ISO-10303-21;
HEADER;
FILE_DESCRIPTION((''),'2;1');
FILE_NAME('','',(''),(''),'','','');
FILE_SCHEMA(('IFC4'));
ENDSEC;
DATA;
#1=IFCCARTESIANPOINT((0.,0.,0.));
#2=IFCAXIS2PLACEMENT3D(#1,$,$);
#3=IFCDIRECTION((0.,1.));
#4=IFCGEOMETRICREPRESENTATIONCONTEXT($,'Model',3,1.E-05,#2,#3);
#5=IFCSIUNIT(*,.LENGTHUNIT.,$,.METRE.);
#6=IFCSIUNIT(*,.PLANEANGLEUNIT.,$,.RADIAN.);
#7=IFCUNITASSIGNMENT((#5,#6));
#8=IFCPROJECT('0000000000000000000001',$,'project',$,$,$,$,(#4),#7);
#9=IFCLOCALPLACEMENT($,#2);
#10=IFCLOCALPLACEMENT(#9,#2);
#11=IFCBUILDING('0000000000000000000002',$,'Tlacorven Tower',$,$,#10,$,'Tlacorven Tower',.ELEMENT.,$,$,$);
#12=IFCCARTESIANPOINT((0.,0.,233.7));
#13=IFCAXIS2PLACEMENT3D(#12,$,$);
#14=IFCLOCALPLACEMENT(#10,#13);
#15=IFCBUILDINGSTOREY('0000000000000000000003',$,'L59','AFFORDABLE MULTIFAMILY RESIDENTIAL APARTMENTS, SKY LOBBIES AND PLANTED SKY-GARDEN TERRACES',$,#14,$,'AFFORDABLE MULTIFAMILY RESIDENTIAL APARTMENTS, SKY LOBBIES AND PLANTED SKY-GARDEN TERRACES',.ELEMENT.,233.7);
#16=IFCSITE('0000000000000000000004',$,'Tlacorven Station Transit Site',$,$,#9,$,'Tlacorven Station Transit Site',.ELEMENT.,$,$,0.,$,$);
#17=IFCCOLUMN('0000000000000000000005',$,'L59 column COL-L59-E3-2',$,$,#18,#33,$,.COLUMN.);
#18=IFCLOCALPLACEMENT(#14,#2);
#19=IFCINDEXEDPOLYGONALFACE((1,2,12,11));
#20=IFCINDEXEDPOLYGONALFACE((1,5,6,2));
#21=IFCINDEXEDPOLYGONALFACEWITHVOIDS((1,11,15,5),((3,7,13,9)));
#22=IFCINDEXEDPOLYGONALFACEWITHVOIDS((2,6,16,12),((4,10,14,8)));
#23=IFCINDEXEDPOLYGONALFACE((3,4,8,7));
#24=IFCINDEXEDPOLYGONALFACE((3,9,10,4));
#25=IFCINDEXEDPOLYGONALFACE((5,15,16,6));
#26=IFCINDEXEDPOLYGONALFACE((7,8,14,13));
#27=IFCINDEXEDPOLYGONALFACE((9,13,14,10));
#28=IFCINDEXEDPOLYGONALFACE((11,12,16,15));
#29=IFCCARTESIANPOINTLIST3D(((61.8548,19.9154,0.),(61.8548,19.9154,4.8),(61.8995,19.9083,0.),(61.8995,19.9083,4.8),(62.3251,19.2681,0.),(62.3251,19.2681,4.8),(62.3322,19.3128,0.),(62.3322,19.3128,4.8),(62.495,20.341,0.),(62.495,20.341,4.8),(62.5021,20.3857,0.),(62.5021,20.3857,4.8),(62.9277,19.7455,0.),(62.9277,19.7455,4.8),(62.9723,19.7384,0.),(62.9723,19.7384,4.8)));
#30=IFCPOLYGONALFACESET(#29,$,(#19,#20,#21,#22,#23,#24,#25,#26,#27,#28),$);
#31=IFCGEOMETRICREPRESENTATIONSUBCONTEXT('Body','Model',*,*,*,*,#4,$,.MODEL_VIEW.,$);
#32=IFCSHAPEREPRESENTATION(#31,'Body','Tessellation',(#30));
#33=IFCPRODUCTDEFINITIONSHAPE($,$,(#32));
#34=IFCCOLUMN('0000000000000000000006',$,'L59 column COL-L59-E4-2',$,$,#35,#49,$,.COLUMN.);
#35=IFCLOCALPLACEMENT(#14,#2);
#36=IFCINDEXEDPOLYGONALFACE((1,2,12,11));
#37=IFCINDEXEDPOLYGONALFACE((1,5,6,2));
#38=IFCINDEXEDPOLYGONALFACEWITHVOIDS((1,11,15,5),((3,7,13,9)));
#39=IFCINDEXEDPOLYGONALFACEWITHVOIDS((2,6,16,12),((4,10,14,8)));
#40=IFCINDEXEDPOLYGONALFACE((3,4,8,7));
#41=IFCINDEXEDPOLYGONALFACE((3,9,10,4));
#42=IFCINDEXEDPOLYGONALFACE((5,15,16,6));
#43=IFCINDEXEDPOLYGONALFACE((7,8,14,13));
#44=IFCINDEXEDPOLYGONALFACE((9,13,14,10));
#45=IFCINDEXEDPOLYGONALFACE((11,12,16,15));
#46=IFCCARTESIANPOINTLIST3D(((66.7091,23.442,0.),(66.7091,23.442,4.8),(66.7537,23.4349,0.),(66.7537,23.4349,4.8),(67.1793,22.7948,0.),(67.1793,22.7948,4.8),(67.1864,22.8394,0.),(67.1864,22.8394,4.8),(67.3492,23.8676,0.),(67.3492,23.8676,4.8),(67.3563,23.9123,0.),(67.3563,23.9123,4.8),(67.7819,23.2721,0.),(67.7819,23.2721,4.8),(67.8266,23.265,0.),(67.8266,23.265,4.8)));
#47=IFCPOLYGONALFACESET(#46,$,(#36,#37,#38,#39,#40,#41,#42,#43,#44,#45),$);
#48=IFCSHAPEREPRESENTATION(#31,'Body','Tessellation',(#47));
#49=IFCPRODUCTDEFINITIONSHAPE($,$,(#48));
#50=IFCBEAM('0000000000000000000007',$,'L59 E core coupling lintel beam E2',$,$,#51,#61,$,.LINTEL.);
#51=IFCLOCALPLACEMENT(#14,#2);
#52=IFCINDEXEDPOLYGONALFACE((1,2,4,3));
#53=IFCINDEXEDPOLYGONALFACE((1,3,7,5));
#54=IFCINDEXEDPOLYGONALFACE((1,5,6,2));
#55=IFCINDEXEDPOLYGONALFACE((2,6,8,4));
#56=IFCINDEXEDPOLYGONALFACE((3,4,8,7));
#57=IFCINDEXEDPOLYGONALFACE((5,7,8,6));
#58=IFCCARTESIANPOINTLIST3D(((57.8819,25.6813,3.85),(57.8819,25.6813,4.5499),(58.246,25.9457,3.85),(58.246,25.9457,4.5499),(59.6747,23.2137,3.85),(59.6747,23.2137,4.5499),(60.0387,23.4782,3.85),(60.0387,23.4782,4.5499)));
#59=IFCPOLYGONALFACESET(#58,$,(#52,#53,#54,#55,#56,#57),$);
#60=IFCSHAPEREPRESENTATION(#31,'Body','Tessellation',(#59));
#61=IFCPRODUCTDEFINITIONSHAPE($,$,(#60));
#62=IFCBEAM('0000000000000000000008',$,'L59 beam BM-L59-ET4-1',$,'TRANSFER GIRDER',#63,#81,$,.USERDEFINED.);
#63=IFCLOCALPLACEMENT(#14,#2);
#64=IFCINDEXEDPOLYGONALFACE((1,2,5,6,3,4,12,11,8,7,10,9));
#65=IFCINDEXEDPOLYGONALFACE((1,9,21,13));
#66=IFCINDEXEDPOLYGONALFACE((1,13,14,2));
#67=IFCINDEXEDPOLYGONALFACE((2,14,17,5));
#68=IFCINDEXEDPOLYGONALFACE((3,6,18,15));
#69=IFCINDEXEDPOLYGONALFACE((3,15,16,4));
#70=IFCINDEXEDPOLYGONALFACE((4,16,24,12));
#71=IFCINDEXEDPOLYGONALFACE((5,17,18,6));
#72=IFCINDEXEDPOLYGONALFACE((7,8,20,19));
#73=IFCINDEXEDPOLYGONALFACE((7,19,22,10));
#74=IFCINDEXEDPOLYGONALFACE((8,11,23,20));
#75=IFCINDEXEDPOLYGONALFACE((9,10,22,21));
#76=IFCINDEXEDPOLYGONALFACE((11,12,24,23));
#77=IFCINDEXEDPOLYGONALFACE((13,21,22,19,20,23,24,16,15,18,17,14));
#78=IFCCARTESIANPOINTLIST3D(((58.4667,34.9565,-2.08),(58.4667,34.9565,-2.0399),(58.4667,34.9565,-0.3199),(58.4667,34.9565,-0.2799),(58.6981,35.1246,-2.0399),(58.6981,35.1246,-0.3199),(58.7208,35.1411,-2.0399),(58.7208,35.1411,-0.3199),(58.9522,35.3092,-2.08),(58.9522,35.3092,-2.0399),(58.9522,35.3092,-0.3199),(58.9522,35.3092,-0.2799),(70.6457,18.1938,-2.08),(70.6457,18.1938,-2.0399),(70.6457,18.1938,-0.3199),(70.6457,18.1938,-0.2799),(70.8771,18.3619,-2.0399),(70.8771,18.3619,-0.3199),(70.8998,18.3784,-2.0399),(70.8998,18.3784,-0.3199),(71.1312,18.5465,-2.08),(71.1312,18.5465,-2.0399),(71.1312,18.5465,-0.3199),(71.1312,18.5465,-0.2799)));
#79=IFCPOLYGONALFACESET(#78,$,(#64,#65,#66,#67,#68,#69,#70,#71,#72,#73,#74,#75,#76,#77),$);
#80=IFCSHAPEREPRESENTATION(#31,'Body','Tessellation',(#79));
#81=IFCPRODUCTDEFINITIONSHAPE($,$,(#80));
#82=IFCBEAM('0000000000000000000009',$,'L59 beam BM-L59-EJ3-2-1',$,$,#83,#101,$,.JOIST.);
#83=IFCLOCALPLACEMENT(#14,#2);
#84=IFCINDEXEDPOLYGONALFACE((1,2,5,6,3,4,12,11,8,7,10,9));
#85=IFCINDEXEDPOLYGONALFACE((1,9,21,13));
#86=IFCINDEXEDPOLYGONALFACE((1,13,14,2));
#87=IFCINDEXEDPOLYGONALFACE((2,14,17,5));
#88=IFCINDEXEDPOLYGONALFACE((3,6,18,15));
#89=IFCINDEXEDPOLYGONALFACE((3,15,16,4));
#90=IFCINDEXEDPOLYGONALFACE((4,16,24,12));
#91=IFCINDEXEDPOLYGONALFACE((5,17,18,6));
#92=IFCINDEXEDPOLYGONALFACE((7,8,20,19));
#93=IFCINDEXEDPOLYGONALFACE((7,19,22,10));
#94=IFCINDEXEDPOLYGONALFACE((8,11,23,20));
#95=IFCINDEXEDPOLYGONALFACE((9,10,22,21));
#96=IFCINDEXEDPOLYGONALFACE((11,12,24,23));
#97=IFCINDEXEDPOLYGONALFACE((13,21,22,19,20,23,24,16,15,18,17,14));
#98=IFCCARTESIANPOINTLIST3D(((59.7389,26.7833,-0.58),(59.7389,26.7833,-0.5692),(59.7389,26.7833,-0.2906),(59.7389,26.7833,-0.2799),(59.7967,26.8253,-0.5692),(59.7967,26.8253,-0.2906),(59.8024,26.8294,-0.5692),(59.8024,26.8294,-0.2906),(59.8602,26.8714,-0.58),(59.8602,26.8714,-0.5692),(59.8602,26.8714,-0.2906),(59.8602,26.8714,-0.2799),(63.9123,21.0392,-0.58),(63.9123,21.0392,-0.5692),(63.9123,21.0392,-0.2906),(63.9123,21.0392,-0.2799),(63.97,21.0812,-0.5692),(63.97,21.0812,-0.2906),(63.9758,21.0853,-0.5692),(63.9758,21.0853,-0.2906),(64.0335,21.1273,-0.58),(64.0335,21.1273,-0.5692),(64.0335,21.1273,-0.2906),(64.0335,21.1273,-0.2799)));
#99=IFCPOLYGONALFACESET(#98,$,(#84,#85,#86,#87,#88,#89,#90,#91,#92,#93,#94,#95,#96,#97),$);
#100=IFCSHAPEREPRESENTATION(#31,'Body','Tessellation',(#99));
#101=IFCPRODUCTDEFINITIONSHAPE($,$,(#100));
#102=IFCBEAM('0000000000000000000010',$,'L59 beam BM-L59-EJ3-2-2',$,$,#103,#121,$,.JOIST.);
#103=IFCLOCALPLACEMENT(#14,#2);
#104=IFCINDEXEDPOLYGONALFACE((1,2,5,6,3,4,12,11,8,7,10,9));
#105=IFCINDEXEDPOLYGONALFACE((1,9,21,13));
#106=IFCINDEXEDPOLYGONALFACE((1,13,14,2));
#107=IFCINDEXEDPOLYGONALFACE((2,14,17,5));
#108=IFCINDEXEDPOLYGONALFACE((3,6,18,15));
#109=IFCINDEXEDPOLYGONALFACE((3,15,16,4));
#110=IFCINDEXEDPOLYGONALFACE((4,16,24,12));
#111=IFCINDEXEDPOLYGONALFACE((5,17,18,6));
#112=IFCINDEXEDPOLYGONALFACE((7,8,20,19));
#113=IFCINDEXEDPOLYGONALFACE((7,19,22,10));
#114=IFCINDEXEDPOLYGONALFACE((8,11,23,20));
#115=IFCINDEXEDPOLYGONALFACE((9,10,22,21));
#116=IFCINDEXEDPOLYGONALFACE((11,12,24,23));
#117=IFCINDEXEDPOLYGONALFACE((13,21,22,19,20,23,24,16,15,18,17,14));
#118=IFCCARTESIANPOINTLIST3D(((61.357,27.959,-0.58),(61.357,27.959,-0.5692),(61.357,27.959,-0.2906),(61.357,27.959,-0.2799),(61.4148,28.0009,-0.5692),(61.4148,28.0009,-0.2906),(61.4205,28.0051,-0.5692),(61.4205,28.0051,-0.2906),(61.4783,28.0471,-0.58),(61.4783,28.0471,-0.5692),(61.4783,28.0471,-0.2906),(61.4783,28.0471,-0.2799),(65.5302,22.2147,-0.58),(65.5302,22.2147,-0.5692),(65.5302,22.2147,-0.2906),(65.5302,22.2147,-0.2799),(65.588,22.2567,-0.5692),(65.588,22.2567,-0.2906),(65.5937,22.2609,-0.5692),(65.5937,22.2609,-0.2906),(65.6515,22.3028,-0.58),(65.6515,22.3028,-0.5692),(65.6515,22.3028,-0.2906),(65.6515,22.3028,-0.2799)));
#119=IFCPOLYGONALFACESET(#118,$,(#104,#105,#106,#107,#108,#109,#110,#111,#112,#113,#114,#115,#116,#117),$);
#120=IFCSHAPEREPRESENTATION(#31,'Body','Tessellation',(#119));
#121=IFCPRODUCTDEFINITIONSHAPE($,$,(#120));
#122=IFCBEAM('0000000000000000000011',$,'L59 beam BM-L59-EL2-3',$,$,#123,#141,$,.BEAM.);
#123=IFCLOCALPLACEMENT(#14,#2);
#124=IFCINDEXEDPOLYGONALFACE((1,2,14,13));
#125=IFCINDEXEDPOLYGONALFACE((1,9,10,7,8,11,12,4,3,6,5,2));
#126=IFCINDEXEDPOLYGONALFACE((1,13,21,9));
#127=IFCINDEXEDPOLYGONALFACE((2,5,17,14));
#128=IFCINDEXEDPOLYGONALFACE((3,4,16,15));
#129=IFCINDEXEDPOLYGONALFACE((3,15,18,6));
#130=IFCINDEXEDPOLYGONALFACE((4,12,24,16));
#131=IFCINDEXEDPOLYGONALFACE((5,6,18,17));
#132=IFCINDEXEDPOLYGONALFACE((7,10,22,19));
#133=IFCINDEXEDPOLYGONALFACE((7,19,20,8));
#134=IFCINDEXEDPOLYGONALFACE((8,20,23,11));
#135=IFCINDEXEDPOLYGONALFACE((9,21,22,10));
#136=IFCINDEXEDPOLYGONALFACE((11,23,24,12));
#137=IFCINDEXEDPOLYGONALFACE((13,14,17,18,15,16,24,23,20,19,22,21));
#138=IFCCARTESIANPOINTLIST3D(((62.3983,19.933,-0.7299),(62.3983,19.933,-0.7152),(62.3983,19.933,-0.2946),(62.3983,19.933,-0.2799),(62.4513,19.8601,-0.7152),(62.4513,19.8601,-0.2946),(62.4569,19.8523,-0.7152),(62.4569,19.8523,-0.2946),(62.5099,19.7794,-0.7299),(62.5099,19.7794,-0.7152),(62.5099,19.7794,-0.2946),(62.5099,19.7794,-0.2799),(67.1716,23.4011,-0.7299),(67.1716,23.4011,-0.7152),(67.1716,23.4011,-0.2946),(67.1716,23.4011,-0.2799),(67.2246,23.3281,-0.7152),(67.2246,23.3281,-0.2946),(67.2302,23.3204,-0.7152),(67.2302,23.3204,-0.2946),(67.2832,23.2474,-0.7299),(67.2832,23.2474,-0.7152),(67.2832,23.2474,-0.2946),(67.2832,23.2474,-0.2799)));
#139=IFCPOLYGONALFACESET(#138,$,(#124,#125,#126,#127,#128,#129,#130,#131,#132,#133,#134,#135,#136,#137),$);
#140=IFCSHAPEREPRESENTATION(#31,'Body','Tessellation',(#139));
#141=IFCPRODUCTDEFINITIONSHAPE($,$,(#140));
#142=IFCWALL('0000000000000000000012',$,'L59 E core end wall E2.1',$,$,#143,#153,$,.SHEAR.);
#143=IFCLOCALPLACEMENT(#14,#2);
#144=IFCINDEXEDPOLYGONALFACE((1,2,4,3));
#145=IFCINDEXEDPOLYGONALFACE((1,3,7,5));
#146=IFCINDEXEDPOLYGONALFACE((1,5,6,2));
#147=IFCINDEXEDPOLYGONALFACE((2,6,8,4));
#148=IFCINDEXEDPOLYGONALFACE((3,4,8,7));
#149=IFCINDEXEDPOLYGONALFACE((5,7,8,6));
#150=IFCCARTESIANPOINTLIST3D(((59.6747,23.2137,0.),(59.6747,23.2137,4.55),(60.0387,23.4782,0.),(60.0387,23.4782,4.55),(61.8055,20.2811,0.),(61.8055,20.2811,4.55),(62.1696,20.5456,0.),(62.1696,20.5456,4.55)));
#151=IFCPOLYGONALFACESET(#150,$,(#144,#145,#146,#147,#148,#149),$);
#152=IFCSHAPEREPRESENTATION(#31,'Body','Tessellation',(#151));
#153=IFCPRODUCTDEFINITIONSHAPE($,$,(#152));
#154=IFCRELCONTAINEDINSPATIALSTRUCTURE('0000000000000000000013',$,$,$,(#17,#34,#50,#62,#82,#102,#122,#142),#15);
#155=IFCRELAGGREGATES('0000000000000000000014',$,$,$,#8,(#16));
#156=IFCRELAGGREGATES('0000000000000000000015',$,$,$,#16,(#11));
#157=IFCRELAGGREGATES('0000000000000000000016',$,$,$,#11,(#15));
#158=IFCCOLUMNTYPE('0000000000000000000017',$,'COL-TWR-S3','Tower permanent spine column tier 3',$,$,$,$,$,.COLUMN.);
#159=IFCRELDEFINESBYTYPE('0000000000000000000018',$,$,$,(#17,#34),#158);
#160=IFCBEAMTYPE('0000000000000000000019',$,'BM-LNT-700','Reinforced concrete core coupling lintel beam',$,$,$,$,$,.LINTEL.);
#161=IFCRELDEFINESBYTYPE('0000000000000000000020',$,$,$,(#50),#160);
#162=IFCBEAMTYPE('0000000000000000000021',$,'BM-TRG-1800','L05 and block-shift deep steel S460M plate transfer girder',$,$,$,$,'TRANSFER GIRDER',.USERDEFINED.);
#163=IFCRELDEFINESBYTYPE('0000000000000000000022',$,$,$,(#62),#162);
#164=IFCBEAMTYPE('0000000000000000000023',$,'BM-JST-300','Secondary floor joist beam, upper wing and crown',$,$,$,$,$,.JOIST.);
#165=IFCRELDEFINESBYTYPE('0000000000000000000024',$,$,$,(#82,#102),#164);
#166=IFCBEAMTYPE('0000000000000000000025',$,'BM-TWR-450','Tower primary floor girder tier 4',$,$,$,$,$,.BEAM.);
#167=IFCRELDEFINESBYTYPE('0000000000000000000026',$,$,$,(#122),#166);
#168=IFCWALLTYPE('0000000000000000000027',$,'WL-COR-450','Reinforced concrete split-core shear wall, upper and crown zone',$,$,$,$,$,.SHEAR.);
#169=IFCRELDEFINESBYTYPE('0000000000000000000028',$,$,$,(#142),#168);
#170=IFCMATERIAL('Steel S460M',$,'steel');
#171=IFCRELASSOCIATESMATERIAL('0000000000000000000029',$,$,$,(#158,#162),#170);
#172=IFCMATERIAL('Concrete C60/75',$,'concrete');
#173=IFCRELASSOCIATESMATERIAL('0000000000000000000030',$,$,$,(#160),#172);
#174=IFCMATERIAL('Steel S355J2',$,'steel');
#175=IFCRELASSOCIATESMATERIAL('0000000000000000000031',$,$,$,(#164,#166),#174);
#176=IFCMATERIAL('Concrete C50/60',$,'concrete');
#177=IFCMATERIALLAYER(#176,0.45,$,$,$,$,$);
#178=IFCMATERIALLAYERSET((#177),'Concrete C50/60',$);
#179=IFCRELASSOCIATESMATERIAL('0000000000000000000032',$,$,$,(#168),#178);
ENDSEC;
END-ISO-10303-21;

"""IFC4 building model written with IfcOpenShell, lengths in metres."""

from ifc_helpers import new_model, si_unit, direction, frame, frame_2d, origin, origin_2d, place, context, subcontext, project, spatial, rectangle, hollow_rectangle, i_section, extrude, source, transform, mapped, material, layer, layer_set, material_profile, profile_set, type_object, element, save


model = new_model("IFC4")

# Units and contexts
model_context = context("Model", 3, precision=1e-05, world=origin(), true_north=direction((0.0, 1.0)))
body_context = subcontext(model_context, "Body", "Model", "MODEL_VIEW")
ifc_project = project(units=[si_unit("LENGTHUNIT", "METRE"), si_unit("PLANEANGLEUNIT", "RADIAN")], contexts=[model_context])

# Site, building, storey
site_placement = place(None, origin())
site = spatial("IfcSite", under=ifc_project, at=site_placement, Name="Tlacorven Station Transit Site", LongName="Tlacorven Station Transit Site", CompositionType="ELEMENT", RefElevation=0.0)
building_placement = place(site_placement, origin())
building = spatial("IfcBuilding", under=site, at=building_placement, Name="Tlacorven Tower", LongName="Tlacorven Tower", CompositionType="ELEMENT")
storey_placement = place(building_placement, frame((0.0, 0.0, 233.7)))
storey = spatial("IfcBuildingStorey", under=building, at=storey_placement, Name="L59", Description="AFFORDABLE MULTIFAMILY RESIDENTIAL APARTMENTS, SKY LOBBIES AND PLANTED SKY-GARDEN TERRACES", LongName="AFFORDABLE MULTIFAMILY RESIDENTIAL APARTMENTS, SKY LOBBIES AND PLANTED SKY-GARDEN TERRACES", CompositionType="ELEMENT", Elevation=233.7)

# Columns
ifc_material_1 = material(Name="Steel S460M", Category="steel")
ifc_material_profile_1 = material_profile(ifc_material_1, hollow_rectangle(XDim=0.8, YDim=0.8, WallThickness=0.032, at=origin_2d()), Name="BOX 800X800X32")
ifc_profile_set_1 = profile_set([ifc_material_profile_1], Name="Steel S460M")
column_type = type_object("IfcColumnType", Name="COL-TWR-S3", Description="Tower permanent spine column tier 3", PredefinedType="COLUMN", material=ifc_profile_set_1)
shared_shape_1 = source(origin(), body_context, "Body", "SweptSolid", [
    extrude(hollow_rectangle(XDim=0.8, YDim=0.8, WallThickness=0.032, at=origin_2d()), origin(), (0.0, 0.0, 1.0), 4.8),
])
for number, where, z_axis, x_axis, name in (
    (1, (62.4136, 19.8269, 0.0), (0.0, 0.0, 1.0), (0.809017, 0.587785, 0.0), "L59 column COL-L59-E3-2"),
    (2, (67.2678, 23.3535, 0.0), (0.0, 0.0, 1.0), (0.809017, 0.587785, 0.0), "L59 column COL-L59-E4-2"),
):
    element("IfcColumn", number, at=place(storey_placement, frame(where, z_axis=z_axis, x_axis=x_axis)), inside=storey, type_object=column_type, Name=name, PredefinedType="COLUMN", context=body_context, shape_type="MappedRepresentation", body=[
        mapped(shared_shape_1, transform((0.0, 0.0, 0.0), scale=1.0)),
    ])

# Beams
ifc_material_2 = material(Name="Concrete C60/75", Category="concrete")
ifc_material_profile_2 = material_profile(ifc_material_2, rectangle(XDim=0.45, YDim=0.7, at=origin_2d()), Name="RC 450X700")
ifc_profile_set_2 = profile_set([ifc_material_profile_2], Name="Concrete C60/75")
beam_type_1 = type_object("IfcBeamType", Name="BM-LNT-700", Description="Reinforced concrete core coupling lintel beam", PredefinedType="LINTEL", material=ifc_profile_set_2)
shared_shape_2 = source(origin(), body_context, "Body", "SweptSolid", [
    extrude(rectangle(XDim=0.45, YDim=0.7, at=origin_2d()), origin(), (0.0, 0.0, 1.0), 3.05),
])
beam_1_placement = place(storey_placement, frame((59.8567, 23.3459, 4.2), z_axis=(-0.587777, 0.809023, 0.0), x_axis=(-0.809023, -0.587777, 0.0)))
element("IfcBeam", 3, at=beam_1_placement, inside=storey, type_object=beam_type_1, Name="L59 E core coupling lintel beam E2", PredefinedType="LINTEL", context=body_context, shape_type="MappedRepresentation", body=[
    mapped(shared_shape_2, transform((0.0, 0.0, 0.0), scale=1.0)),
])
ifc_material_profile_3 = material_profile(ifc_material_1, i_section(OverallWidth=0.6001, OverallDepth=1.8, WebThickness=0.0281, FlangeThickness=0.04, at=origin_2d()), Name="PG 1800X600X28X40")
ifc_profile_set_3 = profile_set([ifc_material_profile_3], Name="Steel S460M")
beam_type_2 = type_object("IfcBeamType", Name="BM-TRG-1800", Description="L05 and block-shift deep steel S460M plate transfer girder", ElementType="TRANSFER GIRDER", PredefinedType="USERDEFINED", material=ifc_profile_set_3)
shared_shape_3 = source(origin(), body_context, "Body", "SweptSolid", [
    extrude(i_section(OverallWidth=0.6001, OverallDepth=1.8, WebThickness=0.0281, FlangeThickness=0.04, at=origin_2d()), origin(), (0.0, 0.0, 1.0), 20.72),
])
beam_2_placement = place(storey_placement, frame((70.8884, 18.3701, -1.1799), z_axis=(-0.58779, 0.809014, 0.0), x_axis=(-0.809014, -0.58779, 0.0)))
element("IfcBeam", 4, at=beam_2_placement, inside=storey, type_object=beam_type_2, Name="L59 beam BM-L59-ET4-1", ObjectType="TRANSFER GIRDER", PredefinedType="USERDEFINED", context=body_context, shape_type="MappedRepresentation", body=[
    mapped(shared_shape_3, transform((0.0, 0.0, 0.0), scale=1.0)),
])
ifc_material_3 = material(Name="Steel S355J2", Category="steel")
ifc_material_profile_4 = material_profile(ifc_material_3, i_section(OverallWidth=0.1499, OverallDepth=0.3, WebThickness=0.0071, FlangeThickness=0.0107, at=origin_2d()), Name="IPE 300")
ifc_profile_set_4 = profile_set([ifc_material_profile_4], Name="Steel S355J2")
beam_type_3 = type_object("IfcBeamType", Name="BM-JST-300", Description="Secondary floor joist beam, upper wing and crown", PredefinedType="JOIST", material=ifc_profile_set_4)
shared_shape_4 = source(origin(), body_context, "Body", "SweptSolid", [
    extrude(i_section(OverallWidth=0.1499, OverallDepth=0.3, WebThickness=0.0071, FlangeThickness=0.0107, at=origin_2d()), origin(), (0.0, 0.0, 1.0), 7.1001),
])
for number, where, z_axis, x_axis, name in (
    (5, (63.9729, 21.0833, -0.4299), (-0.587783, 0.809019, 0.0), (-0.809019, -0.587783, 0.0), "L59 beam BM-L59-EJ3-2-1"),
    (6, (65.5908, 22.2588, -0.4299), (-0.587761, 0.809035, 0.0), (-0.809035, -0.587761, 0.0), "L59 beam BM-L59-EJ3-2-2"),
):
    element("IfcBeam", number, at=place(storey_placement, frame(where, z_axis=z_axis, x_axis=x_axis)), inside=storey, type_object=beam_type_3, Name=name, PredefinedType="JOIST", context=body_context, shape_type="MappedRepresentation", body=[
        mapped(shared_shape_4, transform((0.0, 0.0, 0.0), scale=1.0)),
    ])
ifc_material_profile_5 = material_profile(ifc_material_3, i_section(OverallWidth=0.1899, OverallDepth=0.45, WebThickness=0.0095, FlangeThickness=0.0146, at=origin_2d()), Name="IPE 450")
ifc_profile_set_5 = profile_set([ifc_material_profile_5], Name="Steel S355J2")
beam_type_4 = type_object("IfcBeamType", Name="BM-TWR-450", Description="Tower primary floor girder tier 4", PredefinedType="BEAM", material=ifc_profile_set_5)
shared_shape_5 = source(origin(), body_context, "Body", "SweptSolid", [
    extrude(i_section(OverallWidth=0.1899, OverallDepth=0.45, WebThickness=0.0095, FlangeThickness=0.0146, at=origin_2d()), origin(), (0.0, 0.0, 1.0), 5.9001),
])
beam_3_placement = place(storey_placement, frame((62.4541, 19.8562, -0.5049), z_axis=(0.80901, 0.587795, 0.0), x_axis=(-0.587795, 0.80901, 0.0)))
element("IfcBeam", 7, at=beam_3_placement, inside=storey, type_object=beam_type_4, Name="L59 beam BM-L59-EL2-3", PredefinedType="BEAM", context=body_context, shape_type="MappedRepresentation", body=[
    mapped(shared_shape_5, transform((0.0, 0.0, 0.0), scale=1.0)),
])

# Wall
ifc_material_4 = material(Name="Concrete C50/60", Category="concrete")
ifc_layer_1 = layer(ifc_material_4, 0.45)
ifc_layer_set_1 = layer_set([ifc_layer_1], Name="Concrete C50/60")
wall_type_1 = type_object("IfcWallType", Name="WL-COR-450", Description="Reinforced concrete split-core shear wall, upper and crown zone", PredefinedType="SHEAR", material=ifc_layer_set_1)
wall_1_placement = place(storey_placement, frame((61.9875, 20.4133, 0.0), z_axis=(0.0, 0.0, 1.0), x_axis=(-0.587819, 0.808992, 0.0)))
element("IfcWall", 8, at=wall_1_placement, inside=storey, type_object=wall_type_1, Name="L59 E core end wall E2.1", PredefinedType="SHEAR", context=body_context, shape_type="SweptSolid", body=[
    extrude(rectangle(XDim=3.625, YDim=0.45, at=frame_2d((1.8125, 0.0))), origin(), (0.0, 0.0, 1.0), 4.55),
])

save(model, "model.ifc")
